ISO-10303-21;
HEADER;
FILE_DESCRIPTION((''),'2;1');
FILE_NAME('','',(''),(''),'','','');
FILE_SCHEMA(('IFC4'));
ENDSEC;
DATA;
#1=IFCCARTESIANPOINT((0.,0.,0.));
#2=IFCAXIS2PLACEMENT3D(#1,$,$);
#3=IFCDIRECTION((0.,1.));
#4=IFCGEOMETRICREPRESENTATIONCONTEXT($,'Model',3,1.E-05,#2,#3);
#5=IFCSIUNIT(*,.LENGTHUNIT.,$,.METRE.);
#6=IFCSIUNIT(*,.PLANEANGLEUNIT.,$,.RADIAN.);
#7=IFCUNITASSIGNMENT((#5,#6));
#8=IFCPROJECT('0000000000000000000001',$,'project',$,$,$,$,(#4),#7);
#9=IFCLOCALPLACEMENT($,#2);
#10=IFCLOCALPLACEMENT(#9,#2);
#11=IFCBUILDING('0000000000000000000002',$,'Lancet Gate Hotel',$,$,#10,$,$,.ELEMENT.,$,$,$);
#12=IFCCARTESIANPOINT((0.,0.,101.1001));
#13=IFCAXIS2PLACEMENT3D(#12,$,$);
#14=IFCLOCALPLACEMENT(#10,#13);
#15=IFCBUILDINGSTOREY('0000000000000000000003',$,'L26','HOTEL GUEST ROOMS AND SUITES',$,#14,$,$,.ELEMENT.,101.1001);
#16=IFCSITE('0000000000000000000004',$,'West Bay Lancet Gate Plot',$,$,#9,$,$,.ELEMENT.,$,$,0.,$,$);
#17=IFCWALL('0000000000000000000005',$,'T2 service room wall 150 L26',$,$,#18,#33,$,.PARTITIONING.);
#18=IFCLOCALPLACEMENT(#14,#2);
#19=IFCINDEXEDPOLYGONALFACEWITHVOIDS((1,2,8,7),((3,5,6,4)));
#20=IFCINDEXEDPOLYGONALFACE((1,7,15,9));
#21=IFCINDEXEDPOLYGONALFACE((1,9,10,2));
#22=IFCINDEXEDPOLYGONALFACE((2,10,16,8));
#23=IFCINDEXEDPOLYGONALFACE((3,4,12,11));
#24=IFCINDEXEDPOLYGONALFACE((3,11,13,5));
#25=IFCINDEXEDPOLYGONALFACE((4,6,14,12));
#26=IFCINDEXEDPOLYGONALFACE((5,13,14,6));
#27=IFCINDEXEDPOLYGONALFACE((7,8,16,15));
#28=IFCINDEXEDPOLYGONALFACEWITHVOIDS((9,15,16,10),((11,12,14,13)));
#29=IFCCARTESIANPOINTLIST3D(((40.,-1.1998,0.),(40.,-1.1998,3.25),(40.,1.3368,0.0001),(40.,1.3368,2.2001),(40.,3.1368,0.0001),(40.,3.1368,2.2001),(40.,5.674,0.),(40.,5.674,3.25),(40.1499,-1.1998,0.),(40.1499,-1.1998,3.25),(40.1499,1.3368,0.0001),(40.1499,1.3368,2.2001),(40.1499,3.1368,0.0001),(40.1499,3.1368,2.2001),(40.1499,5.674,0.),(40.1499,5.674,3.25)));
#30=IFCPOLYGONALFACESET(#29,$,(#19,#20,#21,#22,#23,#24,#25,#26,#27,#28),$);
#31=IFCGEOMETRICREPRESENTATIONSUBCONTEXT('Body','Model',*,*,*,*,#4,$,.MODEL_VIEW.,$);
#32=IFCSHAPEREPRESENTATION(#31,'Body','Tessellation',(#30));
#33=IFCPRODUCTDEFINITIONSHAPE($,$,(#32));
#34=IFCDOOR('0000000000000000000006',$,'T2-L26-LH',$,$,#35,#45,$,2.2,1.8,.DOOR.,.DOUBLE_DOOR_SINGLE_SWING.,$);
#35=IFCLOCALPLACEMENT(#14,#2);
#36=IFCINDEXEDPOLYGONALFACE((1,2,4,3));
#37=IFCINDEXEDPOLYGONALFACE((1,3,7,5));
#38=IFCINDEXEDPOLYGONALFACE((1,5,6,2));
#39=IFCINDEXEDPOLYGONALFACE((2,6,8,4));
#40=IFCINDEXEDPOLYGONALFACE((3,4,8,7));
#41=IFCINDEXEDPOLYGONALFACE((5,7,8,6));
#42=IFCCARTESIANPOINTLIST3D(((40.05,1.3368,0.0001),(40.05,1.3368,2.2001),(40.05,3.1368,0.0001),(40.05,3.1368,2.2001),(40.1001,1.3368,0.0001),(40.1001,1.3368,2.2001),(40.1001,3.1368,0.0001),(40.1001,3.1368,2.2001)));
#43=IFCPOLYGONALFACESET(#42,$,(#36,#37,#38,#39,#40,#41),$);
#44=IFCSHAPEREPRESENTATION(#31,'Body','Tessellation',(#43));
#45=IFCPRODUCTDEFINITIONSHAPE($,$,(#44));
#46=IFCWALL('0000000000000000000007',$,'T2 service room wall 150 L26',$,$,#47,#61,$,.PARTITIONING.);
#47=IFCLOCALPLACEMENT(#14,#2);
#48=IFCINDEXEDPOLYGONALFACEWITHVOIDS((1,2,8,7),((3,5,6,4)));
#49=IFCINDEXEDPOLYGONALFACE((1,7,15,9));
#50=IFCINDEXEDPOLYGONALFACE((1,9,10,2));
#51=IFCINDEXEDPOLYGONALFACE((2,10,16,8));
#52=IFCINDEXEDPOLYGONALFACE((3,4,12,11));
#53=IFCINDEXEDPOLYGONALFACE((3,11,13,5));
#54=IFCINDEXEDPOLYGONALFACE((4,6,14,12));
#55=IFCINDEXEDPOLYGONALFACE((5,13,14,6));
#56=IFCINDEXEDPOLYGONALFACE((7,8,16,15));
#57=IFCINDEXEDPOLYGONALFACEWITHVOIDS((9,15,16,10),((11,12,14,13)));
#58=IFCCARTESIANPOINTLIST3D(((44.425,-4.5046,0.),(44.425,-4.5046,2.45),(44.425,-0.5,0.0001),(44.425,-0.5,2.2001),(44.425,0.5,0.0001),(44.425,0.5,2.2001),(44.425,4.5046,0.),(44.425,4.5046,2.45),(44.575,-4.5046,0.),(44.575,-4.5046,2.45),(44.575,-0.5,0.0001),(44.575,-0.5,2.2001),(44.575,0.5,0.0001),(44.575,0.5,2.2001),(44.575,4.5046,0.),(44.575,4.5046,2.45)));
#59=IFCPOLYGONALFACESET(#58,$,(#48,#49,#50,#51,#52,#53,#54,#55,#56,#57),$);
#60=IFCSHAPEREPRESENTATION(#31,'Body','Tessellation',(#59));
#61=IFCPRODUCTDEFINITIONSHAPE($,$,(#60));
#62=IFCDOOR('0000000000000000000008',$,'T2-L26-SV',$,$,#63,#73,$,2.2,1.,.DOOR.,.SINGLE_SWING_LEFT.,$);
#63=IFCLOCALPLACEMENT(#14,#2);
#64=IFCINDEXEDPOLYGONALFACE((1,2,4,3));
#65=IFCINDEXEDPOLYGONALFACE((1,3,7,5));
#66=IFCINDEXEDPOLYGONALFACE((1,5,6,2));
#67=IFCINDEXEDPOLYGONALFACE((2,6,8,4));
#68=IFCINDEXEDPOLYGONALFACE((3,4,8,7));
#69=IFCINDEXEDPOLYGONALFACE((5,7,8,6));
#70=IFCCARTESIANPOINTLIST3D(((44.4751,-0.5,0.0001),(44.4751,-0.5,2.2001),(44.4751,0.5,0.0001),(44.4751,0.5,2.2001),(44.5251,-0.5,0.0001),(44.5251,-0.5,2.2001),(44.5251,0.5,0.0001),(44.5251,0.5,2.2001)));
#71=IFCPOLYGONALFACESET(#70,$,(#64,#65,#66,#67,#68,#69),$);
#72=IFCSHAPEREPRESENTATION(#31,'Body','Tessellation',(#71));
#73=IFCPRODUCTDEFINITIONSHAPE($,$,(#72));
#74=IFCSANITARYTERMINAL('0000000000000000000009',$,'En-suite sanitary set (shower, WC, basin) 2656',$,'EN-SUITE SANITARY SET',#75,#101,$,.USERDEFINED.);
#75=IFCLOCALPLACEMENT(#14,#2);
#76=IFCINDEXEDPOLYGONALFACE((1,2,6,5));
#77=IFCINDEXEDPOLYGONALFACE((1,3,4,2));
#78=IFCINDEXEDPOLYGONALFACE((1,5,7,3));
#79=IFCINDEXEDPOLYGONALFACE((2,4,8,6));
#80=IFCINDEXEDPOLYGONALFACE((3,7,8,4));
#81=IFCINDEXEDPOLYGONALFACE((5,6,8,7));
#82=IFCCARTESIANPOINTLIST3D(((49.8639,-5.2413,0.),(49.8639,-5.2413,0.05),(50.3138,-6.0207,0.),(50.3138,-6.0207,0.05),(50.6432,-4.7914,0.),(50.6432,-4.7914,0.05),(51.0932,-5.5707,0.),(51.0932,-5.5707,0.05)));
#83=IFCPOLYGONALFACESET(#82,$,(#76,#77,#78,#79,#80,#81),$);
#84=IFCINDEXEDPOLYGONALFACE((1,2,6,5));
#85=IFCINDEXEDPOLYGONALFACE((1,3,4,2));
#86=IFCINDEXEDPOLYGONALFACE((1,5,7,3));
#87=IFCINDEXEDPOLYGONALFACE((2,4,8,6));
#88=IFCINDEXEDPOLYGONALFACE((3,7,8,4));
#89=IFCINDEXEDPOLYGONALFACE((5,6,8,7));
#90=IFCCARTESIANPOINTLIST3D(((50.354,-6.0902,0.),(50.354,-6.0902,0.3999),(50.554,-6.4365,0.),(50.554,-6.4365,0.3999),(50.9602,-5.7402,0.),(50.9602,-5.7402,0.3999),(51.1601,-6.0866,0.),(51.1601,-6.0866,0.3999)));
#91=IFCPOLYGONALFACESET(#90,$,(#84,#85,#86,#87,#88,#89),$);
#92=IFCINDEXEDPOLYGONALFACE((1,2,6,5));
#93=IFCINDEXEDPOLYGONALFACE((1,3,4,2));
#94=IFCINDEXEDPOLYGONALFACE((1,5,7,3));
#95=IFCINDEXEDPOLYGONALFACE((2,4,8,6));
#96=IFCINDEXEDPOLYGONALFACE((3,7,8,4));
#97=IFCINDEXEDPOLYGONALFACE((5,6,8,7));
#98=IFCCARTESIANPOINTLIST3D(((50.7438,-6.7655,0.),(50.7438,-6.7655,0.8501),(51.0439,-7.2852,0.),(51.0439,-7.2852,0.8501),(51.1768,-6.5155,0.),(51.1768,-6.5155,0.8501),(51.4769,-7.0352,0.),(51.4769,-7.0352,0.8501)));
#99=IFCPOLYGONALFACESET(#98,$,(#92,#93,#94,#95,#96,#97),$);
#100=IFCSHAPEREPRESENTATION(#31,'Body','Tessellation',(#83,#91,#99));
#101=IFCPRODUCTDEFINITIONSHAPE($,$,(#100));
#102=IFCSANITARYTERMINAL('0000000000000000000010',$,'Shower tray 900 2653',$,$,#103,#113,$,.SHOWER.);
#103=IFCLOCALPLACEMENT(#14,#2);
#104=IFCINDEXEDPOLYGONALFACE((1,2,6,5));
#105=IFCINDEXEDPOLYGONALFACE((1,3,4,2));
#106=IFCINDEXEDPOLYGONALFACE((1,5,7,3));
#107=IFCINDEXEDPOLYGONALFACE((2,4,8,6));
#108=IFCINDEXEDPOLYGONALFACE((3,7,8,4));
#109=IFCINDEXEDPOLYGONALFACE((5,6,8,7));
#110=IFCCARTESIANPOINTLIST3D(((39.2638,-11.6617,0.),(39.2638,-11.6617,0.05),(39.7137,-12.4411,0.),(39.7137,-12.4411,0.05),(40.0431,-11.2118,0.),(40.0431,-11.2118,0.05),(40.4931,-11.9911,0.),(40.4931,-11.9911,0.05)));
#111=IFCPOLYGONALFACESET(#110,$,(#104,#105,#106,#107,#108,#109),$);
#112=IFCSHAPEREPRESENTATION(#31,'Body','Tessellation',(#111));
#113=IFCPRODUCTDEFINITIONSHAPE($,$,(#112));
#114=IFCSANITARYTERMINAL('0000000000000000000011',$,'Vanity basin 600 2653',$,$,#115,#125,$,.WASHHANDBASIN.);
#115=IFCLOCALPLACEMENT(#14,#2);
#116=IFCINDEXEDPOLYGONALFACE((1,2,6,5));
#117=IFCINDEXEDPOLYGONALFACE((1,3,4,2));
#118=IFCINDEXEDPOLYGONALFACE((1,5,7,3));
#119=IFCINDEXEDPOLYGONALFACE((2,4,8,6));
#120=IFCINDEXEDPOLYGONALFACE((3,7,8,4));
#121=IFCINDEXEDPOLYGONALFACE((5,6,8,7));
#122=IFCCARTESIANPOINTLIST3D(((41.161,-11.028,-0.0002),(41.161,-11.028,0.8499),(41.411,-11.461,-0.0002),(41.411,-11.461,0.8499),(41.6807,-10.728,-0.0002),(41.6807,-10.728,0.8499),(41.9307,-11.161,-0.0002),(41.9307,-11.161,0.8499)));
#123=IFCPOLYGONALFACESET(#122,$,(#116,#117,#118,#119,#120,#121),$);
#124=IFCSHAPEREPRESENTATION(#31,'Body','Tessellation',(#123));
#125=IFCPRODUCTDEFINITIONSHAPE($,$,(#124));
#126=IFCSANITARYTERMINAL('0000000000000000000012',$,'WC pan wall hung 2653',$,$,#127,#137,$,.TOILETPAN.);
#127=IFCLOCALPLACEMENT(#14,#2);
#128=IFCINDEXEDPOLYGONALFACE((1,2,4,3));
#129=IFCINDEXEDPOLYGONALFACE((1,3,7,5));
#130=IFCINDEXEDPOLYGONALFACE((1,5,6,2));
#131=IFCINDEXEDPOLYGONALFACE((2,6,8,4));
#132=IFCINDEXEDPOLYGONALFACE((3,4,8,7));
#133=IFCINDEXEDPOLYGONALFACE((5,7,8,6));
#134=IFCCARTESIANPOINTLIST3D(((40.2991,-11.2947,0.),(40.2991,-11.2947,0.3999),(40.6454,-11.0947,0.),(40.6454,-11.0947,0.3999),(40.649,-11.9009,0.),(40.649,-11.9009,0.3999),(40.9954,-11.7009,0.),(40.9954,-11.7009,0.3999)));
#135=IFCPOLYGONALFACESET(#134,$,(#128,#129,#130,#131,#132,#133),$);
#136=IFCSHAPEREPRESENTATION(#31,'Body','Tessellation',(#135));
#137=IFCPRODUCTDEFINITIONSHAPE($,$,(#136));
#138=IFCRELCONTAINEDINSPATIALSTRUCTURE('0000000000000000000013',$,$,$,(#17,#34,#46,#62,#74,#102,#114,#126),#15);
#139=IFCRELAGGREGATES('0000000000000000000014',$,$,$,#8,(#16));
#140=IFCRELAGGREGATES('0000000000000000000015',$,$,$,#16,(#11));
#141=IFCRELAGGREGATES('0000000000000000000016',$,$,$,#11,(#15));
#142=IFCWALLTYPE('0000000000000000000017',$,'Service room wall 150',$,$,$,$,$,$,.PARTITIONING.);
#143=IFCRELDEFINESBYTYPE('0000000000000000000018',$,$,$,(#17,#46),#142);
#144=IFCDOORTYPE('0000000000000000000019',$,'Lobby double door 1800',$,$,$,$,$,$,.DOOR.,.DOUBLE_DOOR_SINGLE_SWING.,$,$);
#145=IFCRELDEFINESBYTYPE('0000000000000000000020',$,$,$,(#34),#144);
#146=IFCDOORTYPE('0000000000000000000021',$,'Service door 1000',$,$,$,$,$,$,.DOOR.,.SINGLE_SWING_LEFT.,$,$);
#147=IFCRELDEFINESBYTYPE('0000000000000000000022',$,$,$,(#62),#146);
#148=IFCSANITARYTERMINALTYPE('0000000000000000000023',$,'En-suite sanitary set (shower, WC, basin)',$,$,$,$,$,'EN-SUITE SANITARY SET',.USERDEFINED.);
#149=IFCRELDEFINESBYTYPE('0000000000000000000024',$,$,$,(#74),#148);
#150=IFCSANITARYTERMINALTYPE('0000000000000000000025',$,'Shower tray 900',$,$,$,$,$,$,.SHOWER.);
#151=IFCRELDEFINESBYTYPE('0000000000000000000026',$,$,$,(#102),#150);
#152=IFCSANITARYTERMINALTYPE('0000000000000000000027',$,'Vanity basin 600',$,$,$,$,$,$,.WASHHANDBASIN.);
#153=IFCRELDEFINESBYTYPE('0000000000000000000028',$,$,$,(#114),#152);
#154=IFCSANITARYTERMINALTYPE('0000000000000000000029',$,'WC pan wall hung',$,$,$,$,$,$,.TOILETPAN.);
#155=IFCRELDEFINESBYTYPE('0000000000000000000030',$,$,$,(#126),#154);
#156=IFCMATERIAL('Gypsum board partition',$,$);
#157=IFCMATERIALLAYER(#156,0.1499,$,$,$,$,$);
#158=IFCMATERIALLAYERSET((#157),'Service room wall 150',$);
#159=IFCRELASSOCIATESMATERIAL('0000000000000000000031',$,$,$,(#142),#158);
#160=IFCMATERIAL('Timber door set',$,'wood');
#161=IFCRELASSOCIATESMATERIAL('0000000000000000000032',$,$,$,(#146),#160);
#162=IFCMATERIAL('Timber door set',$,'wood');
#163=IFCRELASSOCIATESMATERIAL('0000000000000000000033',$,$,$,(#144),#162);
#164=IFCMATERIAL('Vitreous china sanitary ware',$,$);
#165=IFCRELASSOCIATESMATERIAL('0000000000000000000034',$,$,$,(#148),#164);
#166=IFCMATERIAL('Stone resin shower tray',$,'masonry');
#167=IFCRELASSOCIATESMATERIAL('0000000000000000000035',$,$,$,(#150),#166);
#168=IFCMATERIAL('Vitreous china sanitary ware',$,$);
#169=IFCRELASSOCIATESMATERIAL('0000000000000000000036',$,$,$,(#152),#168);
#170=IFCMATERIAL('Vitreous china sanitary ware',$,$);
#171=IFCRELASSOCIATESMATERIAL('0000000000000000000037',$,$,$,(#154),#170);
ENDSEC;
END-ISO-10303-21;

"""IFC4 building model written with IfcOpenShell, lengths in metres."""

from ifc_helpers import new_model, si_unit, direction, frame, frame_2d, origin, origin_2d, place, context, subcontext, project, spatial, rectangle, extrude, material, layer, layer_set, type_object, element, fill, save


model = new_model("IFC4")

# Units and contexts
model_context = context("Model", 3, precision=1e-05, world=origin(), true_north=direction((0.0, 1.0)))
body_context = subcontext(model_context, "Body", "Model", "MODEL_VIEW")
ifc_project = project(units=[si_unit("LENGTHUNIT", "METRE"), si_unit("PLANEANGLEUNIT", "RADIAN")], contexts=[model_context])

# Site, building, storey
site_placement = place(None, origin())
site = spatial("IfcSite", under=ifc_project, at=site_placement, Name="West Bay Lancet Gate Plot", CompositionType="ELEMENT", RefElevation=0.0)
building_placement = place(site_placement, origin())
building = spatial("IfcBuilding", under=site, at=building_placement, Name="Lancet Gate Hotel", CompositionType="ELEMENT")
storey_placement = place(building_placement, frame((0.0, 0.0, 101.1001)))
storey = spatial("IfcBuildingStorey", under=building, at=storey_placement, Name="L26", Description="HOTEL GUEST ROOMS AND SUITES", CompositionType="ELEMENT", Elevation=101.1001)

# Walls, openings, doors
ifc_material_1 = material(Name="Gypsum board partition")
ifc_layer_1 = layer(ifc_material_1, 0.1499)
ifc_layer_set_1 = layer_set([ifc_layer_1], Name="Service room wall 150")
wall_type_1 = type_object("IfcWallType", Name="Service room wall 150", PredefinedType="PARTITIONING", material=ifc_layer_set_1)
ifc_material_2 = material(Name="Timber door set", Category="wood")
door_type_1 = type_object("IfcDoorType", Name="Service door 1000", OperationType="SINGLE_SWING_LEFT", PredefinedType="DOOR", material=ifc_material_2)
wall_1_placement = place(storey_placement, frame((40.075, -1.2, 0.0), z_axis=(0.0, 0.0, 1.0), x_axis=(0.0, 1.0, 0.0)))
wall_1 = element("IfcWall", 1, at=wall_1_placement, inside=storey, type_object=wall_type_1, Name="T2 service room wall 150 L26", PredefinedType="PARTITIONING", context=body_context, shape_type="SweptSolid", body=[
    extrude(rectangle(XDim=6.8738, YDim=0.1499, at=frame_2d((3.437, 0.0))), origin(), (0.0, 0.0, 1.0), 3.25),
])
opening_1_placement = place(wall_1_placement, frame((2.5369, 0.0, 0.0)))
opening_1 = element("IfcOpeningElement", 2, at=opening_1_placement, cuts=wall_1, PredefinedType="OPENING", context=body_context, shape_type="SweptSolid", body=[
    extrude(rectangle(XDim=1.8, YDim=2.2, at=frame_2d((0.8999, 1.1001))), frame((0.0, 0.085, 0.0), z_axis=(0.0, -1.0, 0.0), x_axis=(1.0, 0.0, 0.0)), (0.0, 0.0, 1.0), 0.1699),
])
ifc_material_3 = material(Name="Timber door set", Category="wood")
door_type_2 = type_object("IfcDoorType", Name="Lobby double door 1800", OperationType="DOUBLE_DOOR_SINGLE_SWING", PredefinedType="DOOR", material=ifc_material_3)
door_1_placement = place(opening_1_placement, origin())
door_1 = element("IfcDoor", 3, at=door_1_placement, inside=storey, type_object=door_type_2, Name="T2-L26-LH", OperationType="DOUBLE_DOOR_SINGLE_SWING", OverallHeight=2.2, OverallWidth=1.8, PredefinedType="DOOR", context=body_context, shape_type="SweptSolid", body=[
    extrude(rectangle(XDim=1.8, YDim=2.2, at=frame_2d((0.8999, 1.1001))), frame((0.0, 0.0249, 0.0), z_axis=(0.0, -1.0, 0.0), x_axis=(1.0, 0.0, 0.0)), (0.0, 0.0, 1.0), 0.05),
])
fill(opening_1, door_1)
wall_2_placement = place(storey_placement, frame((44.5, -4.5046, 0.0), z_axis=(0.0, 0.0, 1.0), x_axis=(0.0, 1.0, 0.0)))
wall_2 = element("IfcWall", 4, at=wall_2_placement, inside=storey, type_object=wall_type_1, Name="T2 service room wall 150 L26", PredefinedType="PARTITIONING", context=body_context, shape_type="SweptSolid", body=[
    extrude(rectangle(XDim=9.0093, YDim=0.1499, at=frame_2d((4.5046, 0.0))), origin(), (0.0, 0.0, 1.0), 2.45),
])
opening_2_placement = place(wall_2_placement, frame((4.0046, 0.0, 0.0)))
opening_2 = element("IfcOpeningElement", 5, at=opening_2_placement, cuts=wall_2, PredefinedType="OPENING", context=body_context, shape_type="SweptSolid", body=[
    extrude(rectangle(XDim=1.0, YDim=2.2, at=frame_2d((0.5, 1.1001))), frame((0.0, 0.085, 0.0), z_axis=(0.0, -1.0, 0.0), x_axis=(1.0, 0.0, 0.0)), (0.0, 0.0, 1.0), 0.1699),
])
door_2_placement = place(opening_2_placement, origin())
door_2 = element("IfcDoor", 6, at=door_2_placement, inside=storey, type_object=door_type_1, Name="T2-L26-SV", OperationType="SINGLE_SWING_LEFT", OverallHeight=2.2, OverallWidth=1.0, PredefinedType="DOOR", context=body_context, shape_type="SweptSolid", body=[
    extrude(rectangle(XDim=1.0, YDim=2.2, at=frame_2d((0.5, 1.1001))), frame((0.0, 0.0249, 0.0), z_axis=(0.0, -1.0, 0.0), x_axis=(1.0, 0.0, 0.0)), (0.0, 0.0, 1.0), 0.05),
])
fill(opening_2, door_2)

# Sanitary terminals
ifc_material_4 = material(Name="Vitreous china sanitary ware")
sanitary_terminal_type_1 = type_object("IfcSanitaryTerminalType", Name="En-suite sanitary set (shower, WC, basin)", ElementType="EN-SUITE SANITARY SET", PredefinedType="USERDEFINED", material=ifc_material_4)
sanitary_terminal_1_placement = place(storey_placement, frame((50.4785, -5.406, 0.0), z_axis=(0.0, 0.0, 1.0), x_axis=(1.0, 0.0, 0.0)))
element("IfcSanitaryTerminal", 7, at=sanitary_terminal_1_placement, inside=storey, type_object=sanitary_terminal_type_1, Name="En-suite sanitary set (shower, WC, basin) 2656", ObjectType="EN-SUITE SANITARY SET", PredefinedType="USERDEFINED", context=body_context, shape_type="SweptSolid", body=[
    extrude(rectangle(XDim=0.8999, YDim=0.8999, at=origin_2d()), frame((0.0, 0.0, 0.0), z_axis=(0.0, 0.0, 1.0), x_axis=(-0.5, 0.866025, 0.0)), (0.0, 0.0, 1.0), 0.05),
    extrude(rectangle(XDim=0.3999, YDim=0.7, at=origin_2d()), frame((0.2786, -0.6824, 0.0), z_axis=(0.0, 0.0, 1.0), x_axis=(-0.5, 0.866025, 0.0)), (0.0, 0.0, 1.0), 0.3999),
    extrude(rectangle(XDim=0.6001, YDim=0.5, at=origin_2d()), frame((0.6318, -1.4944, 0.0), z_axis=(0.0, 0.0, 1.0), x_axis=(-0.5, 0.866025, 0.0)), (0.0, 0.0, 1.0), 0.8501),
])
ifc_material_5 = material(Name="Stone resin shower tray", Category="masonry")
sanitary_terminal_type_2 = type_object("IfcSanitaryTerminalType", Name="Shower tray 900", PredefinedType="SHOWER", material=ifc_material_5)
sanitary_terminal_2_placement = place(storey_placement, frame((39.8784, -11.8264, 0.0), z_axis=(0.0, 0.0, 1.0), x_axis=(-0.866025, -0.5, 0.0)))
element("IfcSanitaryTerminal", 8, at=sanitary_terminal_2_placement, inside=storey, type_object=sanitary_terminal_type_2, Name="Shower tray 900 2653", PredefinedType="SHOWER", context=body_context, shape_type="SweptSolid", body=[
    extrude(rectangle(XDim=0.8999, YDim=0.8999, at=origin_2d()), origin(), (0.0, 0.0, 1.0), 0.05),
])
ifc_material_6 = material(Name="Vitreous china sanitary ware")
sanitary_terminal_type_3 = type_object("IfcSanitaryTerminalType", Name="Vanity basin 600", PredefinedType="WASHHANDBASIN", material=ifc_material_6)
sanitary_terminal_3_placement = place(storey_placement, frame((41.5459, -11.0945, -0.0002), z_axis=(0.0, 0.0, 1.0), x_axis=(-0.866025, -0.5, 0.0)))
element("IfcSanitaryTerminal", 9, at=sanitary_terminal_3_placement, inside=storey, type_object=sanitary_terminal_type_3, Name="Vanity basin 600 2653", PredefinedType="WASHHANDBASIN", context=body_context, shape_type="SweptSolid", body=[
    extrude(rectangle(XDim=0.6001, YDim=0.5, at=origin_2d()), origin(), (0.0, 0.0, 1.0), 0.8501),
])
ifc_material_7 = material(Name="Vitreous china sanitary ware")
sanitary_terminal_type_4 = type_object("IfcSanitaryTerminalType", Name="WC pan wall hung", PredefinedType="TOILETPAN", material=ifc_material_7)
sanitary_terminal_4_placement = place(storey_placement, frame((40.6472, -11.4978, 0.0), z_axis=(0.0, 0.0, 1.0), x_axis=(-0.866025, -0.5, 0.0)))
element("IfcSanitaryTerminal", 10, at=sanitary_terminal_4_placement, inside=storey, type_object=sanitary_terminal_type_4, Name="WC pan wall hung 2653", PredefinedType="TOILETPAN", context=body_context, shape_type="SweptSolid", body=[
    extrude(rectangle(XDim=0.3999, YDim=0.7, at=origin_2d()), origin(), (0.0, 0.0, 1.0), 0.3999),
])

save(model, "model.ifc")
